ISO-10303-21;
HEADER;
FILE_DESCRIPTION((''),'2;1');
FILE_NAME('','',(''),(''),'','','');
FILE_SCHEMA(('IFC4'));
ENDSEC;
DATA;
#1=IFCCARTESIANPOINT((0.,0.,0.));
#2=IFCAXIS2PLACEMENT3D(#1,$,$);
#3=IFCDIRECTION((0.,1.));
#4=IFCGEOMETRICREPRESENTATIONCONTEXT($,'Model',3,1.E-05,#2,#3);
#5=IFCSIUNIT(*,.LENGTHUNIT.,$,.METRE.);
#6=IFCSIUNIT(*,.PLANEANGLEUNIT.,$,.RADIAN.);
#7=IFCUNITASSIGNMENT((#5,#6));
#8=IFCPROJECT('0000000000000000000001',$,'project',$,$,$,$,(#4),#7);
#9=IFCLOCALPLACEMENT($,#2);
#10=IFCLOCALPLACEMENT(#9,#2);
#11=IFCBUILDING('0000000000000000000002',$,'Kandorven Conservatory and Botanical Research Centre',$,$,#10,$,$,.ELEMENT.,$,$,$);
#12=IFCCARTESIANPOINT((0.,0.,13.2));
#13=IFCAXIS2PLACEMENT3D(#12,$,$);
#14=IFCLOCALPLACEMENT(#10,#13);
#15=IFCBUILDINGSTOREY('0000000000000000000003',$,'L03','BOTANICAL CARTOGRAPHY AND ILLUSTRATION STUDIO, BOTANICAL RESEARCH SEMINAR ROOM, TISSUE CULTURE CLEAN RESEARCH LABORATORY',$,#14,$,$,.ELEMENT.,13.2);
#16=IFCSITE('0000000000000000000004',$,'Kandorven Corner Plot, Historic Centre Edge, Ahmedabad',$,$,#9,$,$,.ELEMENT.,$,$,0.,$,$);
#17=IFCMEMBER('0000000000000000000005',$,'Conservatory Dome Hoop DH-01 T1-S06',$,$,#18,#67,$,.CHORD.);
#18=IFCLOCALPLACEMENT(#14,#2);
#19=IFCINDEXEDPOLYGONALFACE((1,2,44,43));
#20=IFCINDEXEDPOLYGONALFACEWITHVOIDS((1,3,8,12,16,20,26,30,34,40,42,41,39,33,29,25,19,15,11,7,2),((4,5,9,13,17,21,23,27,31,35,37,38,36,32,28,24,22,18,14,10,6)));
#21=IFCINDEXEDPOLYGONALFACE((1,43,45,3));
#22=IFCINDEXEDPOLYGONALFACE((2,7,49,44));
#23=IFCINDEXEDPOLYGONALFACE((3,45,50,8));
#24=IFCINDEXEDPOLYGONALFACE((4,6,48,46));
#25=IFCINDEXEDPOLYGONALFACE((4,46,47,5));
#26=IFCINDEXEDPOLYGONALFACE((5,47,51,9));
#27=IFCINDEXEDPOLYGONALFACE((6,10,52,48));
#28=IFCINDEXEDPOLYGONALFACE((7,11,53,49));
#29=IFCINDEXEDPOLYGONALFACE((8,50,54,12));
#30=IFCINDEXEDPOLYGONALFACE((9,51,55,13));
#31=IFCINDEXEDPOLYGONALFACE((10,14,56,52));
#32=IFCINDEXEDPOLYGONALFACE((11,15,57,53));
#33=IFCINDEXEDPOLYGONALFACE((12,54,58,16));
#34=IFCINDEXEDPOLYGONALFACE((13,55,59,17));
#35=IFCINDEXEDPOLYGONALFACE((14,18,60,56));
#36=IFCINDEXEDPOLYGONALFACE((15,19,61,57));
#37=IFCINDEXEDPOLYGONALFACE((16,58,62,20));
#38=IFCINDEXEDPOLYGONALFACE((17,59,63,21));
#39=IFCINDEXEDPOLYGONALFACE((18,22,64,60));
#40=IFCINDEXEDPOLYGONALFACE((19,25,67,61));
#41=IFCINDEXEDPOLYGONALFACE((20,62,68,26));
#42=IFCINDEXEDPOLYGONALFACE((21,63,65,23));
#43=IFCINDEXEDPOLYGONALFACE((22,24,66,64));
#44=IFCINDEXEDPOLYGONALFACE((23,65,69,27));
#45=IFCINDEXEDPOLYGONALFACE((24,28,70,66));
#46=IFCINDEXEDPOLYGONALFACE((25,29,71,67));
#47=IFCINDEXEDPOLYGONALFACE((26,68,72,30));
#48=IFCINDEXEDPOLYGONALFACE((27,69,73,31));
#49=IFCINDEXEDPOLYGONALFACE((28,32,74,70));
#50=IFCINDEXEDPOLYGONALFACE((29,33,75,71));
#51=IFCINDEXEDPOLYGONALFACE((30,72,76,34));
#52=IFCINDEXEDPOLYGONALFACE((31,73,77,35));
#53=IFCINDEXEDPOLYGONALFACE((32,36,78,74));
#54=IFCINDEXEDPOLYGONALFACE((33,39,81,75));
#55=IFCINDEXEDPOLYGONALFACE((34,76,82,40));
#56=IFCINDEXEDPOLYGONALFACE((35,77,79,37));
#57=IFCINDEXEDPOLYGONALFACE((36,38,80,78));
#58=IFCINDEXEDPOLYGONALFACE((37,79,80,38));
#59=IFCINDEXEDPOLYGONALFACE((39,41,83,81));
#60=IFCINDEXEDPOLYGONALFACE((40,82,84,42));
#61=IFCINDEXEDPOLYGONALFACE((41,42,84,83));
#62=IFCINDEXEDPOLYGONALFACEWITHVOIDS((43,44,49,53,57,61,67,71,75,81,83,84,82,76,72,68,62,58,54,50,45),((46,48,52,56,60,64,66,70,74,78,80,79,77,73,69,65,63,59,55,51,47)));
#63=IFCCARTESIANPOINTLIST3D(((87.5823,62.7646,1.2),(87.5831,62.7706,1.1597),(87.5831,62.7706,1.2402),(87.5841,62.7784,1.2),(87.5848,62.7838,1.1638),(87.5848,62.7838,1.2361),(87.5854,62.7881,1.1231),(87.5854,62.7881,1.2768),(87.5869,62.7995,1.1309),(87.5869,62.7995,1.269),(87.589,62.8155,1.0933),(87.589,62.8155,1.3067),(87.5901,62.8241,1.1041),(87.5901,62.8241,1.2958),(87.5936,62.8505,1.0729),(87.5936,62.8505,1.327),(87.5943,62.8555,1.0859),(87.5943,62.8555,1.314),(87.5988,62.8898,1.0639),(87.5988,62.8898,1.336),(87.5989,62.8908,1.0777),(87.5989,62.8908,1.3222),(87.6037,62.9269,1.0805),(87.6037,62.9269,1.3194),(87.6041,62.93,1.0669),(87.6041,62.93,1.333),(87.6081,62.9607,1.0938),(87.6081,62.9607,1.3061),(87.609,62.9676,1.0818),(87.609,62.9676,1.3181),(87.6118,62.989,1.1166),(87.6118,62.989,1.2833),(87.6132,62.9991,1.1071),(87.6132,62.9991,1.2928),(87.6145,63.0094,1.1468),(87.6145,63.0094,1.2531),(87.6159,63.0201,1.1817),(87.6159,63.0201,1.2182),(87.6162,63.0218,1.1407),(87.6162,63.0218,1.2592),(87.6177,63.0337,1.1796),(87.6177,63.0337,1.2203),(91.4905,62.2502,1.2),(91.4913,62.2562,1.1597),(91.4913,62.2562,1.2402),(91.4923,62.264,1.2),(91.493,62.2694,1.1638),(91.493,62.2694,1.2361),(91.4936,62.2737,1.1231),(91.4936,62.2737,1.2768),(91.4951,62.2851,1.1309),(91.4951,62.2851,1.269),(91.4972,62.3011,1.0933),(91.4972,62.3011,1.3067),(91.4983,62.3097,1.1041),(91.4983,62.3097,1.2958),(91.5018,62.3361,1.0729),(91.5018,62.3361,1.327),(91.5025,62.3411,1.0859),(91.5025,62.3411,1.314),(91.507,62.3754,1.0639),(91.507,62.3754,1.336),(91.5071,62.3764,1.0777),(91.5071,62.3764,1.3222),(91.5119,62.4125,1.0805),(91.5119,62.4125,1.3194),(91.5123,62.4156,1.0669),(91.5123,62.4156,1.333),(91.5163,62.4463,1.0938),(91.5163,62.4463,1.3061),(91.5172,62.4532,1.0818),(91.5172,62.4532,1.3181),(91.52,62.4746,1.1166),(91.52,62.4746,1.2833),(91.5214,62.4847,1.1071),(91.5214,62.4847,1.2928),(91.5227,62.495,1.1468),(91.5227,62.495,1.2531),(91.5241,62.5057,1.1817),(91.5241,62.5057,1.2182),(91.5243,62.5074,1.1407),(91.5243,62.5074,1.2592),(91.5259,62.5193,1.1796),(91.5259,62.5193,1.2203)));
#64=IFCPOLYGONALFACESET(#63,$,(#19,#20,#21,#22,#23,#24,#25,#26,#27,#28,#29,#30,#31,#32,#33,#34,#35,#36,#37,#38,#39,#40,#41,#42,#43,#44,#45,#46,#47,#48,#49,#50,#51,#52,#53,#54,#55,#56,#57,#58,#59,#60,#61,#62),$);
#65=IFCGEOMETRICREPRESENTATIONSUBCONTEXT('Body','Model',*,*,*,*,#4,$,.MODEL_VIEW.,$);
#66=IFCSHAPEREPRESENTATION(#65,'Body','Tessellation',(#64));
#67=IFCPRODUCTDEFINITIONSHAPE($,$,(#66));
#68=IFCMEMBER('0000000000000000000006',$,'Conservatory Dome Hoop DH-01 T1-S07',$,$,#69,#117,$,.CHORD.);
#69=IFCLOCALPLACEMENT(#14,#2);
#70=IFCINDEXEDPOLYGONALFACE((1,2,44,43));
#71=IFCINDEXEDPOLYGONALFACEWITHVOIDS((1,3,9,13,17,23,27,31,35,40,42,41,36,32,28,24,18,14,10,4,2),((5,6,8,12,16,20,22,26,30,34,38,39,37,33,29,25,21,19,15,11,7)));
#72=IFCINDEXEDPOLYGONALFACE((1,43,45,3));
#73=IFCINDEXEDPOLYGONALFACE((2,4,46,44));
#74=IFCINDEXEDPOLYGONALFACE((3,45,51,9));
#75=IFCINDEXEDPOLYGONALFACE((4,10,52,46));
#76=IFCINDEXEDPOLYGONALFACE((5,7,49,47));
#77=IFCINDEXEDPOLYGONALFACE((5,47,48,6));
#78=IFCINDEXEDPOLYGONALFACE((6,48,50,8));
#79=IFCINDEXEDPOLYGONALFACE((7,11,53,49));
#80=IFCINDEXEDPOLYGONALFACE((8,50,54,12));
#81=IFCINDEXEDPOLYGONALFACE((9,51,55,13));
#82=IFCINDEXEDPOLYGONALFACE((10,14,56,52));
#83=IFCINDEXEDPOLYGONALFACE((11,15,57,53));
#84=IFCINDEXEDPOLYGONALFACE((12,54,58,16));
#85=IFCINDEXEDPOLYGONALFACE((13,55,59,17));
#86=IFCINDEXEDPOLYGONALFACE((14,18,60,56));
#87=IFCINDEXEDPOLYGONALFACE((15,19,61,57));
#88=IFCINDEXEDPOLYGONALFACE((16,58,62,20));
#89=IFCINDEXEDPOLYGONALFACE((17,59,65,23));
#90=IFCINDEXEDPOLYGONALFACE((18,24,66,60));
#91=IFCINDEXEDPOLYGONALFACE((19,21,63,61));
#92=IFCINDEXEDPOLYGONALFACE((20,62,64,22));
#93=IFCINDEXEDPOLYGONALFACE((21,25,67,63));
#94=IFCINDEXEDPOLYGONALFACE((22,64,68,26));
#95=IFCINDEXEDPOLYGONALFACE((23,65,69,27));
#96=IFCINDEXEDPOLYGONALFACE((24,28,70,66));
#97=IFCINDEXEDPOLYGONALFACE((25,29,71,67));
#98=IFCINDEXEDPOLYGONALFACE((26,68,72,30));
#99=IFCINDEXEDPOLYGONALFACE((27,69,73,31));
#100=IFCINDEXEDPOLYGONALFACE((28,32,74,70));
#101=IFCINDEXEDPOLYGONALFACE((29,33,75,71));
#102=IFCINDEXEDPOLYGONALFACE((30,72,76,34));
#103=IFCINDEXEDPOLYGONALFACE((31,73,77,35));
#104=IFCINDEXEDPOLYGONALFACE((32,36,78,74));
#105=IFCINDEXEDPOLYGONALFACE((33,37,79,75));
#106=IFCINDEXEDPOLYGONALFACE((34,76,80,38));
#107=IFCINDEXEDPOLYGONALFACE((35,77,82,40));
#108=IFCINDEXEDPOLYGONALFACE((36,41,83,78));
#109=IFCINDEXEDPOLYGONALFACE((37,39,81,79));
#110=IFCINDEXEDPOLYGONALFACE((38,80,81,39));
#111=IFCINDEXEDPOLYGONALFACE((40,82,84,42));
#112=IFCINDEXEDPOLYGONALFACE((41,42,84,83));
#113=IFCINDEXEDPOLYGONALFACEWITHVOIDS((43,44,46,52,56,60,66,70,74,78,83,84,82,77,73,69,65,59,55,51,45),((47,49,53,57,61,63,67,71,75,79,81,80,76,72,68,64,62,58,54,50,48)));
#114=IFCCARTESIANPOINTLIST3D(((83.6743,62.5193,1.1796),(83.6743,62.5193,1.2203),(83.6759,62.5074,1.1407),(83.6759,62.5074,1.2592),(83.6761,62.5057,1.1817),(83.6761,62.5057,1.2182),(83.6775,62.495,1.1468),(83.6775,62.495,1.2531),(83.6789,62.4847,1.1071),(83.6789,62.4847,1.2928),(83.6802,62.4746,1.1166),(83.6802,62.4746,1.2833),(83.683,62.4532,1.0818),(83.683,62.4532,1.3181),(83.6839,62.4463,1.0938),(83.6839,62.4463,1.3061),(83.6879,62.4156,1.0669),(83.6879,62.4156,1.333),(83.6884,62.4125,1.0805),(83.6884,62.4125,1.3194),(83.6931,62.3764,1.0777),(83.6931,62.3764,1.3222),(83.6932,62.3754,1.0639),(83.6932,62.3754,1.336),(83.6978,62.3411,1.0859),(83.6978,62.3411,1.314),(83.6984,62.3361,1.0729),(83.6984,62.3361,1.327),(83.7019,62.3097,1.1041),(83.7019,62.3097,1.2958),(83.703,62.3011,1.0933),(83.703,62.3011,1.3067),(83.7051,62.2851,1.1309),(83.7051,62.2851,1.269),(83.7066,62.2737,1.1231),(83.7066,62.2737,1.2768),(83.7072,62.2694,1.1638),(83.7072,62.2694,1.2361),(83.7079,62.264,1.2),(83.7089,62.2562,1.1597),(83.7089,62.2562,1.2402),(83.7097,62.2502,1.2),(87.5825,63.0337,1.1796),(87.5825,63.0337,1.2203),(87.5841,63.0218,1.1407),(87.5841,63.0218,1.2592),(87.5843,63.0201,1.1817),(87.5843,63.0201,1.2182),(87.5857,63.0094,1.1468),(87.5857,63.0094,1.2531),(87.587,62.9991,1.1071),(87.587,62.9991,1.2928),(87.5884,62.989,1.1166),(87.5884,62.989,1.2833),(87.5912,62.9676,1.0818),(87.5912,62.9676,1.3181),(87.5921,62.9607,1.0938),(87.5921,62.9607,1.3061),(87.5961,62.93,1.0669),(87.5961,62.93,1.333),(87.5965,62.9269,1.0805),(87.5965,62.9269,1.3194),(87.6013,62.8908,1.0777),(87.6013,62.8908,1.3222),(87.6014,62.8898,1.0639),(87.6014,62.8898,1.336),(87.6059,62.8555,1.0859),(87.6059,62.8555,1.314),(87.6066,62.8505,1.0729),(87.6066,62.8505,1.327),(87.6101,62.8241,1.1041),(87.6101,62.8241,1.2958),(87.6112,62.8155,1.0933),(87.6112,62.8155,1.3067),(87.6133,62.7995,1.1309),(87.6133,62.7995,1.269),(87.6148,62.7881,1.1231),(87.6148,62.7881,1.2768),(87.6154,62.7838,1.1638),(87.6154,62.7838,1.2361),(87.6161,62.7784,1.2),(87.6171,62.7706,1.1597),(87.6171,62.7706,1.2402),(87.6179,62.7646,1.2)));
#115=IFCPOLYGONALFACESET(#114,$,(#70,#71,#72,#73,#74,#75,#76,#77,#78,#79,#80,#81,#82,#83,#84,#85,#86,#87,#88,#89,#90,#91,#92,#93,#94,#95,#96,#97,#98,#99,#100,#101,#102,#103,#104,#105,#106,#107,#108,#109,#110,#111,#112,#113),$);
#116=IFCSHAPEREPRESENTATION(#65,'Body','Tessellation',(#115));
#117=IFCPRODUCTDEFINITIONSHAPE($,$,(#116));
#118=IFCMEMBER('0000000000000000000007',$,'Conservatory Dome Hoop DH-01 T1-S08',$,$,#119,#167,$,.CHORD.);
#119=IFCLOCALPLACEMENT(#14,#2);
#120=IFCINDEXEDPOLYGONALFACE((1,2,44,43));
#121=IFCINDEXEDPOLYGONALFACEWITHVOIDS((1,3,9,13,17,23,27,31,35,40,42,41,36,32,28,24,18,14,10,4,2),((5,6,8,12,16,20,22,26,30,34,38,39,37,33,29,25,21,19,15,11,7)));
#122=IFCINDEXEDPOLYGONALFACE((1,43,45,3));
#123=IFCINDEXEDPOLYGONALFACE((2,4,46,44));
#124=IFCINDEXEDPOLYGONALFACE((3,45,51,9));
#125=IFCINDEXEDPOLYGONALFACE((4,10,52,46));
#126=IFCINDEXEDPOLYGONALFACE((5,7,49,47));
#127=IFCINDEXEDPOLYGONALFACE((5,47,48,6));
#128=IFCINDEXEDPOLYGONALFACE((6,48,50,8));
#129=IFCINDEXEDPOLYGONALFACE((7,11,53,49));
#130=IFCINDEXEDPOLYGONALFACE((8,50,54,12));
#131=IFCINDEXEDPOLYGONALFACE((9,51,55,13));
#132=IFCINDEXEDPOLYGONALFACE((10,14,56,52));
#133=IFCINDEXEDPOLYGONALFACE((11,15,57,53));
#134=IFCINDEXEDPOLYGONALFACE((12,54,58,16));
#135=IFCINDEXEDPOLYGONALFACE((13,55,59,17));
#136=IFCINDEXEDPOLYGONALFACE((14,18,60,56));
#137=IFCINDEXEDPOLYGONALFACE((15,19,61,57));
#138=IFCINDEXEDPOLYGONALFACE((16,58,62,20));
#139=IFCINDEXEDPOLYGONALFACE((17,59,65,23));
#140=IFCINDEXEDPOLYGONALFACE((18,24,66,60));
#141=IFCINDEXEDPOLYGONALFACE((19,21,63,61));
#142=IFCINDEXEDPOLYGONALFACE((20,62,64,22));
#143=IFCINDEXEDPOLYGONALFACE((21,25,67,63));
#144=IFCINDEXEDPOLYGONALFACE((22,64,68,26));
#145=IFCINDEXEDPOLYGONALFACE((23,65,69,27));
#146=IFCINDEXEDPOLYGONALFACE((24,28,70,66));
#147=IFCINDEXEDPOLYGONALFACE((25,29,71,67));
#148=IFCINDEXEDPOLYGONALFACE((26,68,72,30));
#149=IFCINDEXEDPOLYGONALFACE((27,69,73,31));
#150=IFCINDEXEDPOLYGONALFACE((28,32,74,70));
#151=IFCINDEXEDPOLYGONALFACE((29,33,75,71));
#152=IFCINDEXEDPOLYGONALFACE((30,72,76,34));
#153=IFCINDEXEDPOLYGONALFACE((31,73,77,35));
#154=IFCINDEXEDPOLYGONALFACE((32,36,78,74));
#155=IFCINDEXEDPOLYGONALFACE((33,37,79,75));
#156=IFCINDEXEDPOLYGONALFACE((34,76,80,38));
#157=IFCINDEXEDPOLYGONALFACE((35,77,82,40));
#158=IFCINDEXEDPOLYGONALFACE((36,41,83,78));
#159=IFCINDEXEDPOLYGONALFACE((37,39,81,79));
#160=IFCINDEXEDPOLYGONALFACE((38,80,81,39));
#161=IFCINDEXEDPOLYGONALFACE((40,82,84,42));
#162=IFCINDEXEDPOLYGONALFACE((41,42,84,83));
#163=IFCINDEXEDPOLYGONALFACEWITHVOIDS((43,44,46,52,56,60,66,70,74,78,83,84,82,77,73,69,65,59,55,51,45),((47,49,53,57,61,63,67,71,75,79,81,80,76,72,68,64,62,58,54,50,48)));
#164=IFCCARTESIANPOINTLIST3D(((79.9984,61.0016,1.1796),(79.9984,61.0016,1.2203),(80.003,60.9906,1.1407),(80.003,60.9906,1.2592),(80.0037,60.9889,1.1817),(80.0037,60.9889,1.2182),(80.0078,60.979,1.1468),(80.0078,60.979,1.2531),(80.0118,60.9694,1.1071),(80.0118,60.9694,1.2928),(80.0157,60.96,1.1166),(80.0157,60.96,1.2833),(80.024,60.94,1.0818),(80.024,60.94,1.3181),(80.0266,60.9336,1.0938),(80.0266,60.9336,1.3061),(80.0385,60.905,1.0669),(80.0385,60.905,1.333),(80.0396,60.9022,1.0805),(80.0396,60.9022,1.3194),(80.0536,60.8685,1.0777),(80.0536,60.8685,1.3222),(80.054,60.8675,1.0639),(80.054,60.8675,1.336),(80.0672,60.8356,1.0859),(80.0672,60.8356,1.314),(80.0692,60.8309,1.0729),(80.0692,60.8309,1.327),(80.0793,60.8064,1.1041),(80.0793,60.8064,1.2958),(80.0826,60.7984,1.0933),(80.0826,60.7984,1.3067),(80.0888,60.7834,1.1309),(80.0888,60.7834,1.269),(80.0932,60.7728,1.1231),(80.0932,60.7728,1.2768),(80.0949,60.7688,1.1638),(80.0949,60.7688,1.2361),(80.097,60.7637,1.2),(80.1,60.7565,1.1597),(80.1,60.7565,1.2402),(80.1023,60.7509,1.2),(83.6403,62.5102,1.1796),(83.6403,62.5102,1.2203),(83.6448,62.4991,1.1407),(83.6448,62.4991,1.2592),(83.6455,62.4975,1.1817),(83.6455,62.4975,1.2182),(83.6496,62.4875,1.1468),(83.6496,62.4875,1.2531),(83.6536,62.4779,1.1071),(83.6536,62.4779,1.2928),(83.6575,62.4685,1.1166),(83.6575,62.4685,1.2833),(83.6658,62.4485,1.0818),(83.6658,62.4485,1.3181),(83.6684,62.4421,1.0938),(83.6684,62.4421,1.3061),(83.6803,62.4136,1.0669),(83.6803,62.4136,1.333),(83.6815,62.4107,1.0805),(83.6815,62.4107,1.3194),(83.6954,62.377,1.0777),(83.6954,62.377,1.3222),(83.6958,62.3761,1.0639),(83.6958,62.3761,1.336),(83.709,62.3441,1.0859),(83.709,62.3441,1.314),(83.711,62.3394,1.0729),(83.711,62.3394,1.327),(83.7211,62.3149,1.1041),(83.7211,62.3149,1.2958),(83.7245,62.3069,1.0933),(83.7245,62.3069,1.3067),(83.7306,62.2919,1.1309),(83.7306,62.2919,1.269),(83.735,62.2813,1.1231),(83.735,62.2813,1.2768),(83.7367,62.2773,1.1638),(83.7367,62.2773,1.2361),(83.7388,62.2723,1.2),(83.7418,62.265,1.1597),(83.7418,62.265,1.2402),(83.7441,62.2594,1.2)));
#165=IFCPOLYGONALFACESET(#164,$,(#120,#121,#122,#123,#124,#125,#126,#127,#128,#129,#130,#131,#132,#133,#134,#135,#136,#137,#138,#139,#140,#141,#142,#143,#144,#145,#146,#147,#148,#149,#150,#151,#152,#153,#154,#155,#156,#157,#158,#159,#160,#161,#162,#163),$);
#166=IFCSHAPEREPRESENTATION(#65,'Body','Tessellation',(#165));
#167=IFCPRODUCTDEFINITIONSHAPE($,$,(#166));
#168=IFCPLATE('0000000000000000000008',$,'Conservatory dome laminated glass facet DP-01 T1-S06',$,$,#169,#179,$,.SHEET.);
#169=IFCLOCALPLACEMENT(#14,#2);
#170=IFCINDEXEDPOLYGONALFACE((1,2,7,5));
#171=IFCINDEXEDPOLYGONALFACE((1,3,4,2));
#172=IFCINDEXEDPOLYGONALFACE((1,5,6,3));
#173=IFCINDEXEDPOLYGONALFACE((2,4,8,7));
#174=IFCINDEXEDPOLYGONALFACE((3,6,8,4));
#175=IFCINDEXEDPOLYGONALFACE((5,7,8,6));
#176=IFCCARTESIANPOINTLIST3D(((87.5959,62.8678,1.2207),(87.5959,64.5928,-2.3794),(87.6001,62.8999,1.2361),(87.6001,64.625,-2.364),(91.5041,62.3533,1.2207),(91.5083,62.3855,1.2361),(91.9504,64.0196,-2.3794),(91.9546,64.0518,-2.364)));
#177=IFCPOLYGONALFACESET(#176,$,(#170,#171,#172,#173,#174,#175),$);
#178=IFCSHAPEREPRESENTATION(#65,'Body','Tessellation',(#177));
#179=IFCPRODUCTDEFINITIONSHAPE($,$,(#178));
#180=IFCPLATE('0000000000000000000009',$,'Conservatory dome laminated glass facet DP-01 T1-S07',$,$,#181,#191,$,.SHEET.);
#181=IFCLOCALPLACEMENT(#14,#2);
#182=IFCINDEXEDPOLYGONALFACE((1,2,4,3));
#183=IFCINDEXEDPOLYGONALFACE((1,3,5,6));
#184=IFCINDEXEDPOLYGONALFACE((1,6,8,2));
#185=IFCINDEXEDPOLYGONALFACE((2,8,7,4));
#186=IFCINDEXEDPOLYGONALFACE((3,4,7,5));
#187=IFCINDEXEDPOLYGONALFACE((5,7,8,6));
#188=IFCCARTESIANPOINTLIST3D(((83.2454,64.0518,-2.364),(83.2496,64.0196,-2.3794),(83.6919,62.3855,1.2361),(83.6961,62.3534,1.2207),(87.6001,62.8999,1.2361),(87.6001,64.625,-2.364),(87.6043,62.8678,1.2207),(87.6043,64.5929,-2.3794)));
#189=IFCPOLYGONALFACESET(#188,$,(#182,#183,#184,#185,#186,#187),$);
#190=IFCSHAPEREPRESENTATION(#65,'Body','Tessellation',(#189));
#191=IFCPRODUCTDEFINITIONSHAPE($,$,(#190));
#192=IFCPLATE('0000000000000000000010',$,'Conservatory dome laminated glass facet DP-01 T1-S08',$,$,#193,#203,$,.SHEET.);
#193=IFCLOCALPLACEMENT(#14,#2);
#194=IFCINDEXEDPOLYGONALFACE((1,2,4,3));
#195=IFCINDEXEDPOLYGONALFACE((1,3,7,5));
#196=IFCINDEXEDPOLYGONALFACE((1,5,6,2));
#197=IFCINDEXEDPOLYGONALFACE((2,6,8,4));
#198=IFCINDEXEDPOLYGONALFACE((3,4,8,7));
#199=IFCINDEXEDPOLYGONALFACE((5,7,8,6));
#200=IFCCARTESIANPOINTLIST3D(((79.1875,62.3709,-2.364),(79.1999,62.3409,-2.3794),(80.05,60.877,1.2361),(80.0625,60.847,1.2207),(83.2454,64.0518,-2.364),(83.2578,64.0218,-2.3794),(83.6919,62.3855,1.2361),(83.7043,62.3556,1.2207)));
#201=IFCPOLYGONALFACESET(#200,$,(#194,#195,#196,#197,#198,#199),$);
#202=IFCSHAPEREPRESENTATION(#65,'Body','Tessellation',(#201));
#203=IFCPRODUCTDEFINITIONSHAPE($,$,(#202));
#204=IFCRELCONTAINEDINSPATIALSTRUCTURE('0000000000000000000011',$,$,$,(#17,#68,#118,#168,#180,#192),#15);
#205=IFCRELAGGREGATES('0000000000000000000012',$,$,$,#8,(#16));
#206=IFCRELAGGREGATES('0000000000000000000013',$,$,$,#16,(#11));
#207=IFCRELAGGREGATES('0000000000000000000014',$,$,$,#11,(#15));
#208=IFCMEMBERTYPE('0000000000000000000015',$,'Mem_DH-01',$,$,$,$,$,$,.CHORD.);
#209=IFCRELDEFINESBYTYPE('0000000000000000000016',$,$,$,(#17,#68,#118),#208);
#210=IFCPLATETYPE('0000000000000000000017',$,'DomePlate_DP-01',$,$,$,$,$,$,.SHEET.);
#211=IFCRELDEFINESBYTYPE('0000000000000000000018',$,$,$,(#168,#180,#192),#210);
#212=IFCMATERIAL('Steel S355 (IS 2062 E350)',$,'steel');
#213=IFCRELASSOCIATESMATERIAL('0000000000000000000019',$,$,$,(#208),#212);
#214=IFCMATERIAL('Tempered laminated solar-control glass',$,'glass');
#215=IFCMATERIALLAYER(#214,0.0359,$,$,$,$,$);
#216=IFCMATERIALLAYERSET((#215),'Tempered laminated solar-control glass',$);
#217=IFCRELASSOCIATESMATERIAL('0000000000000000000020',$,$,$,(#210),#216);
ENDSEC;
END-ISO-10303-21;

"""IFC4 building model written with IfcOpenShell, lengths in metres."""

from ifc_helpers import new_model, si_unit, direction, frame, origin, origin_2d, place, context, subcontext, project, spatial, polyline, hollow_circle, outline, extrude, material, layer, layer_set, material_profile, profile_set, type_object, element, save


model = new_model("IFC4")

# Units and contexts
model_context = context("Model", 3, precision=1e-05, world=origin(), true_north=direction((0.0, 1.0)))
body_context = subcontext(model_context, "Body", "Model", "MODEL_VIEW")
ifc_project = project(units=[si_unit("LENGTHUNIT", "METRE"), si_unit("PLANEANGLEUNIT", "RADIAN")], contexts=[model_context])

# Site, building, storey
site_placement = place(None, origin())
site = spatial("IfcSite", under=ifc_project, at=site_placement, Name="Kandorven Corner Plot, Historic Centre Edge, Ahmedabad", CompositionType="ELEMENT", RefElevation=0.0)
building_placement = place(site_placement, origin())
building = spatial("IfcBuilding", under=site, at=building_placement, Name="Kandorven Conservatory and Botanical Research Centre", CompositionType="ELEMENT")
storey_placement = place(building_placement, frame((0.0, 0.0, 13.2)))
storey = spatial("IfcBuildingStorey", under=building, at=storey_placement, Name="L03", Description="BOTANICAL CARTOGRAPHY AND ILLUSTRATION STUDIO, BOTANICAL RESEARCH SEMINAR ROOM, TISSUE CULTURE CLEAN RESEARCH LABORATORY", CompositionType="ELEMENT", Elevation=13.2)

# Members
ifc_material_1 = material(Name="Steel S355 (IS 2062 E350)", Category="steel")
ifc_material_profile_1 = material_profile(ifc_material_1, hollow_circle(Radius=0.1365, WallThickness=0.0139, at=origin_2d()))
ifc_profile_set_1 = profile_set([ifc_material_profile_1], Name="Steel S355 (IS 2062 E350)")
member_type_1 = type_object("IfcMemberType", Name="Mem_DH-01", PredefinedType="CHORD", material=ifc_profile_set_1)
for number, where, z_axis, x_axis, name in (
    (1, (91.5083, 62.3855, 1.2), (-0.991449, 0.130496, 0.0), (-0.130496, -0.991449, 0.0), "Conservatory Dome Hoop DH-01 T1-S06"),
    (2, (87.6001, 62.8999, 1.2), (-0.991449, -0.130496, 0.0), (0.130496, -0.991449, 0.0), "Conservatory Dome Hoop DH-01 T1-S07"),
    (3, (83.6919, 62.3855, 1.2), (-0.923876, -0.382693, 0.0), (0.382693, -0.923876, 0.0), "Conservatory Dome Hoop DH-01 T1-S08"),
):
    element("IfcMember", number, at=place(storey_placement, frame(where, z_axis=z_axis, x_axis=x_axis)), inside=storey, type_object=member_type_1, Name=name, PredefinedType="CHORD", context=body_context, shape_type="SweptSolid", body=[
        extrude(hollow_circle(Radius=0.1365, WallThickness=0.0139, at=origin_2d()), origin(), (0.0, 0.0, 1.0), 3.9419),
    ])

# Plates
ifc_material_2 = material(Name="Tempered laminated solar-control glass", Category="glass")
ifc_layer_1 = layer(ifc_material_2, 0.0359)
ifc_layer_set_1 = layer_set([ifc_layer_1], Name="Tempered laminated solar-control glass")
plate_type_1 = type_object("IfcPlateType", Name="DomePlate_DP-01", PredefinedType="SHEET", material=ifc_layer_set_1)
plate_1_placement = place(storey_placement, frame((91.9546, 64.0518, -2.364), z_axis=(0.117881, 0.895528, 0.429108), x_axis=(-0.991447, 0.130509, -0.000004)))
element("IfcPlate", 4, at=plate_1_placement, inside=storey, type_object=plate_type_1, Name="Conservatory dome laminated glass facet DP-01 T1-S06", PredefinedType="SHEET", context=body_context, shape_type="SweptSolid", body=[
    extrude(outline(polyline([(0.0, 0.0), (4.3921, 0.0), (4.1669, 3.9857), (0.225, 3.9857), (0.0, 0.0)])), origin(), (0.0, 0.0, -1.0), 0.0359),
])
plate_2_placement = place(storey_placement, frame((87.6001, 64.625, -2.364), z_axis=(-0.117878, 0.895527, 0.429112), x_axis=(-0.991448, -0.130505, 0.000003)))
element("IfcPlate", 5, at=plate_2_placement, inside=storey, type_object=plate_type_1, Name="Conservatory dome laminated glass facet DP-01 T1-S07", PredefinedType="SHEET", context=body_context, shape_type="SweptSolid", body=[
    extrude(outline(polyline([(0.0, 0.0), (4.3923, 0.0), (4.1671, 3.9857), (0.2251, 3.9857), (0.0, 0.0)])), origin(), (0.0, 0.0, -1.0), 0.0359),
])
plate_3_placement = place(storey_placement, frame((83.2454, 64.0518, -2.364), z_axis=(-0.345673, 0.834493, 0.429105), x_axis=(-0.923874, -0.382697, 0.000002)))
element("IfcPlate", 6, at=plate_3_placement, inside=storey, type_object=plate_type_1, Name="Conservatory dome laminated glass facet DP-01 T1-S08", PredefinedType="SHEET", context=body_context, shape_type="SweptSolid", body=[
    extrude(outline(polyline([(0.0, 0.0), (4.3922, 0.0), (4.1671, 3.9857), (0.2251, 3.9857), (0.0, 0.0)])), origin(), (0.0, 0.0, -1.0), 0.0359),
])

save(model, "model.ifc")
